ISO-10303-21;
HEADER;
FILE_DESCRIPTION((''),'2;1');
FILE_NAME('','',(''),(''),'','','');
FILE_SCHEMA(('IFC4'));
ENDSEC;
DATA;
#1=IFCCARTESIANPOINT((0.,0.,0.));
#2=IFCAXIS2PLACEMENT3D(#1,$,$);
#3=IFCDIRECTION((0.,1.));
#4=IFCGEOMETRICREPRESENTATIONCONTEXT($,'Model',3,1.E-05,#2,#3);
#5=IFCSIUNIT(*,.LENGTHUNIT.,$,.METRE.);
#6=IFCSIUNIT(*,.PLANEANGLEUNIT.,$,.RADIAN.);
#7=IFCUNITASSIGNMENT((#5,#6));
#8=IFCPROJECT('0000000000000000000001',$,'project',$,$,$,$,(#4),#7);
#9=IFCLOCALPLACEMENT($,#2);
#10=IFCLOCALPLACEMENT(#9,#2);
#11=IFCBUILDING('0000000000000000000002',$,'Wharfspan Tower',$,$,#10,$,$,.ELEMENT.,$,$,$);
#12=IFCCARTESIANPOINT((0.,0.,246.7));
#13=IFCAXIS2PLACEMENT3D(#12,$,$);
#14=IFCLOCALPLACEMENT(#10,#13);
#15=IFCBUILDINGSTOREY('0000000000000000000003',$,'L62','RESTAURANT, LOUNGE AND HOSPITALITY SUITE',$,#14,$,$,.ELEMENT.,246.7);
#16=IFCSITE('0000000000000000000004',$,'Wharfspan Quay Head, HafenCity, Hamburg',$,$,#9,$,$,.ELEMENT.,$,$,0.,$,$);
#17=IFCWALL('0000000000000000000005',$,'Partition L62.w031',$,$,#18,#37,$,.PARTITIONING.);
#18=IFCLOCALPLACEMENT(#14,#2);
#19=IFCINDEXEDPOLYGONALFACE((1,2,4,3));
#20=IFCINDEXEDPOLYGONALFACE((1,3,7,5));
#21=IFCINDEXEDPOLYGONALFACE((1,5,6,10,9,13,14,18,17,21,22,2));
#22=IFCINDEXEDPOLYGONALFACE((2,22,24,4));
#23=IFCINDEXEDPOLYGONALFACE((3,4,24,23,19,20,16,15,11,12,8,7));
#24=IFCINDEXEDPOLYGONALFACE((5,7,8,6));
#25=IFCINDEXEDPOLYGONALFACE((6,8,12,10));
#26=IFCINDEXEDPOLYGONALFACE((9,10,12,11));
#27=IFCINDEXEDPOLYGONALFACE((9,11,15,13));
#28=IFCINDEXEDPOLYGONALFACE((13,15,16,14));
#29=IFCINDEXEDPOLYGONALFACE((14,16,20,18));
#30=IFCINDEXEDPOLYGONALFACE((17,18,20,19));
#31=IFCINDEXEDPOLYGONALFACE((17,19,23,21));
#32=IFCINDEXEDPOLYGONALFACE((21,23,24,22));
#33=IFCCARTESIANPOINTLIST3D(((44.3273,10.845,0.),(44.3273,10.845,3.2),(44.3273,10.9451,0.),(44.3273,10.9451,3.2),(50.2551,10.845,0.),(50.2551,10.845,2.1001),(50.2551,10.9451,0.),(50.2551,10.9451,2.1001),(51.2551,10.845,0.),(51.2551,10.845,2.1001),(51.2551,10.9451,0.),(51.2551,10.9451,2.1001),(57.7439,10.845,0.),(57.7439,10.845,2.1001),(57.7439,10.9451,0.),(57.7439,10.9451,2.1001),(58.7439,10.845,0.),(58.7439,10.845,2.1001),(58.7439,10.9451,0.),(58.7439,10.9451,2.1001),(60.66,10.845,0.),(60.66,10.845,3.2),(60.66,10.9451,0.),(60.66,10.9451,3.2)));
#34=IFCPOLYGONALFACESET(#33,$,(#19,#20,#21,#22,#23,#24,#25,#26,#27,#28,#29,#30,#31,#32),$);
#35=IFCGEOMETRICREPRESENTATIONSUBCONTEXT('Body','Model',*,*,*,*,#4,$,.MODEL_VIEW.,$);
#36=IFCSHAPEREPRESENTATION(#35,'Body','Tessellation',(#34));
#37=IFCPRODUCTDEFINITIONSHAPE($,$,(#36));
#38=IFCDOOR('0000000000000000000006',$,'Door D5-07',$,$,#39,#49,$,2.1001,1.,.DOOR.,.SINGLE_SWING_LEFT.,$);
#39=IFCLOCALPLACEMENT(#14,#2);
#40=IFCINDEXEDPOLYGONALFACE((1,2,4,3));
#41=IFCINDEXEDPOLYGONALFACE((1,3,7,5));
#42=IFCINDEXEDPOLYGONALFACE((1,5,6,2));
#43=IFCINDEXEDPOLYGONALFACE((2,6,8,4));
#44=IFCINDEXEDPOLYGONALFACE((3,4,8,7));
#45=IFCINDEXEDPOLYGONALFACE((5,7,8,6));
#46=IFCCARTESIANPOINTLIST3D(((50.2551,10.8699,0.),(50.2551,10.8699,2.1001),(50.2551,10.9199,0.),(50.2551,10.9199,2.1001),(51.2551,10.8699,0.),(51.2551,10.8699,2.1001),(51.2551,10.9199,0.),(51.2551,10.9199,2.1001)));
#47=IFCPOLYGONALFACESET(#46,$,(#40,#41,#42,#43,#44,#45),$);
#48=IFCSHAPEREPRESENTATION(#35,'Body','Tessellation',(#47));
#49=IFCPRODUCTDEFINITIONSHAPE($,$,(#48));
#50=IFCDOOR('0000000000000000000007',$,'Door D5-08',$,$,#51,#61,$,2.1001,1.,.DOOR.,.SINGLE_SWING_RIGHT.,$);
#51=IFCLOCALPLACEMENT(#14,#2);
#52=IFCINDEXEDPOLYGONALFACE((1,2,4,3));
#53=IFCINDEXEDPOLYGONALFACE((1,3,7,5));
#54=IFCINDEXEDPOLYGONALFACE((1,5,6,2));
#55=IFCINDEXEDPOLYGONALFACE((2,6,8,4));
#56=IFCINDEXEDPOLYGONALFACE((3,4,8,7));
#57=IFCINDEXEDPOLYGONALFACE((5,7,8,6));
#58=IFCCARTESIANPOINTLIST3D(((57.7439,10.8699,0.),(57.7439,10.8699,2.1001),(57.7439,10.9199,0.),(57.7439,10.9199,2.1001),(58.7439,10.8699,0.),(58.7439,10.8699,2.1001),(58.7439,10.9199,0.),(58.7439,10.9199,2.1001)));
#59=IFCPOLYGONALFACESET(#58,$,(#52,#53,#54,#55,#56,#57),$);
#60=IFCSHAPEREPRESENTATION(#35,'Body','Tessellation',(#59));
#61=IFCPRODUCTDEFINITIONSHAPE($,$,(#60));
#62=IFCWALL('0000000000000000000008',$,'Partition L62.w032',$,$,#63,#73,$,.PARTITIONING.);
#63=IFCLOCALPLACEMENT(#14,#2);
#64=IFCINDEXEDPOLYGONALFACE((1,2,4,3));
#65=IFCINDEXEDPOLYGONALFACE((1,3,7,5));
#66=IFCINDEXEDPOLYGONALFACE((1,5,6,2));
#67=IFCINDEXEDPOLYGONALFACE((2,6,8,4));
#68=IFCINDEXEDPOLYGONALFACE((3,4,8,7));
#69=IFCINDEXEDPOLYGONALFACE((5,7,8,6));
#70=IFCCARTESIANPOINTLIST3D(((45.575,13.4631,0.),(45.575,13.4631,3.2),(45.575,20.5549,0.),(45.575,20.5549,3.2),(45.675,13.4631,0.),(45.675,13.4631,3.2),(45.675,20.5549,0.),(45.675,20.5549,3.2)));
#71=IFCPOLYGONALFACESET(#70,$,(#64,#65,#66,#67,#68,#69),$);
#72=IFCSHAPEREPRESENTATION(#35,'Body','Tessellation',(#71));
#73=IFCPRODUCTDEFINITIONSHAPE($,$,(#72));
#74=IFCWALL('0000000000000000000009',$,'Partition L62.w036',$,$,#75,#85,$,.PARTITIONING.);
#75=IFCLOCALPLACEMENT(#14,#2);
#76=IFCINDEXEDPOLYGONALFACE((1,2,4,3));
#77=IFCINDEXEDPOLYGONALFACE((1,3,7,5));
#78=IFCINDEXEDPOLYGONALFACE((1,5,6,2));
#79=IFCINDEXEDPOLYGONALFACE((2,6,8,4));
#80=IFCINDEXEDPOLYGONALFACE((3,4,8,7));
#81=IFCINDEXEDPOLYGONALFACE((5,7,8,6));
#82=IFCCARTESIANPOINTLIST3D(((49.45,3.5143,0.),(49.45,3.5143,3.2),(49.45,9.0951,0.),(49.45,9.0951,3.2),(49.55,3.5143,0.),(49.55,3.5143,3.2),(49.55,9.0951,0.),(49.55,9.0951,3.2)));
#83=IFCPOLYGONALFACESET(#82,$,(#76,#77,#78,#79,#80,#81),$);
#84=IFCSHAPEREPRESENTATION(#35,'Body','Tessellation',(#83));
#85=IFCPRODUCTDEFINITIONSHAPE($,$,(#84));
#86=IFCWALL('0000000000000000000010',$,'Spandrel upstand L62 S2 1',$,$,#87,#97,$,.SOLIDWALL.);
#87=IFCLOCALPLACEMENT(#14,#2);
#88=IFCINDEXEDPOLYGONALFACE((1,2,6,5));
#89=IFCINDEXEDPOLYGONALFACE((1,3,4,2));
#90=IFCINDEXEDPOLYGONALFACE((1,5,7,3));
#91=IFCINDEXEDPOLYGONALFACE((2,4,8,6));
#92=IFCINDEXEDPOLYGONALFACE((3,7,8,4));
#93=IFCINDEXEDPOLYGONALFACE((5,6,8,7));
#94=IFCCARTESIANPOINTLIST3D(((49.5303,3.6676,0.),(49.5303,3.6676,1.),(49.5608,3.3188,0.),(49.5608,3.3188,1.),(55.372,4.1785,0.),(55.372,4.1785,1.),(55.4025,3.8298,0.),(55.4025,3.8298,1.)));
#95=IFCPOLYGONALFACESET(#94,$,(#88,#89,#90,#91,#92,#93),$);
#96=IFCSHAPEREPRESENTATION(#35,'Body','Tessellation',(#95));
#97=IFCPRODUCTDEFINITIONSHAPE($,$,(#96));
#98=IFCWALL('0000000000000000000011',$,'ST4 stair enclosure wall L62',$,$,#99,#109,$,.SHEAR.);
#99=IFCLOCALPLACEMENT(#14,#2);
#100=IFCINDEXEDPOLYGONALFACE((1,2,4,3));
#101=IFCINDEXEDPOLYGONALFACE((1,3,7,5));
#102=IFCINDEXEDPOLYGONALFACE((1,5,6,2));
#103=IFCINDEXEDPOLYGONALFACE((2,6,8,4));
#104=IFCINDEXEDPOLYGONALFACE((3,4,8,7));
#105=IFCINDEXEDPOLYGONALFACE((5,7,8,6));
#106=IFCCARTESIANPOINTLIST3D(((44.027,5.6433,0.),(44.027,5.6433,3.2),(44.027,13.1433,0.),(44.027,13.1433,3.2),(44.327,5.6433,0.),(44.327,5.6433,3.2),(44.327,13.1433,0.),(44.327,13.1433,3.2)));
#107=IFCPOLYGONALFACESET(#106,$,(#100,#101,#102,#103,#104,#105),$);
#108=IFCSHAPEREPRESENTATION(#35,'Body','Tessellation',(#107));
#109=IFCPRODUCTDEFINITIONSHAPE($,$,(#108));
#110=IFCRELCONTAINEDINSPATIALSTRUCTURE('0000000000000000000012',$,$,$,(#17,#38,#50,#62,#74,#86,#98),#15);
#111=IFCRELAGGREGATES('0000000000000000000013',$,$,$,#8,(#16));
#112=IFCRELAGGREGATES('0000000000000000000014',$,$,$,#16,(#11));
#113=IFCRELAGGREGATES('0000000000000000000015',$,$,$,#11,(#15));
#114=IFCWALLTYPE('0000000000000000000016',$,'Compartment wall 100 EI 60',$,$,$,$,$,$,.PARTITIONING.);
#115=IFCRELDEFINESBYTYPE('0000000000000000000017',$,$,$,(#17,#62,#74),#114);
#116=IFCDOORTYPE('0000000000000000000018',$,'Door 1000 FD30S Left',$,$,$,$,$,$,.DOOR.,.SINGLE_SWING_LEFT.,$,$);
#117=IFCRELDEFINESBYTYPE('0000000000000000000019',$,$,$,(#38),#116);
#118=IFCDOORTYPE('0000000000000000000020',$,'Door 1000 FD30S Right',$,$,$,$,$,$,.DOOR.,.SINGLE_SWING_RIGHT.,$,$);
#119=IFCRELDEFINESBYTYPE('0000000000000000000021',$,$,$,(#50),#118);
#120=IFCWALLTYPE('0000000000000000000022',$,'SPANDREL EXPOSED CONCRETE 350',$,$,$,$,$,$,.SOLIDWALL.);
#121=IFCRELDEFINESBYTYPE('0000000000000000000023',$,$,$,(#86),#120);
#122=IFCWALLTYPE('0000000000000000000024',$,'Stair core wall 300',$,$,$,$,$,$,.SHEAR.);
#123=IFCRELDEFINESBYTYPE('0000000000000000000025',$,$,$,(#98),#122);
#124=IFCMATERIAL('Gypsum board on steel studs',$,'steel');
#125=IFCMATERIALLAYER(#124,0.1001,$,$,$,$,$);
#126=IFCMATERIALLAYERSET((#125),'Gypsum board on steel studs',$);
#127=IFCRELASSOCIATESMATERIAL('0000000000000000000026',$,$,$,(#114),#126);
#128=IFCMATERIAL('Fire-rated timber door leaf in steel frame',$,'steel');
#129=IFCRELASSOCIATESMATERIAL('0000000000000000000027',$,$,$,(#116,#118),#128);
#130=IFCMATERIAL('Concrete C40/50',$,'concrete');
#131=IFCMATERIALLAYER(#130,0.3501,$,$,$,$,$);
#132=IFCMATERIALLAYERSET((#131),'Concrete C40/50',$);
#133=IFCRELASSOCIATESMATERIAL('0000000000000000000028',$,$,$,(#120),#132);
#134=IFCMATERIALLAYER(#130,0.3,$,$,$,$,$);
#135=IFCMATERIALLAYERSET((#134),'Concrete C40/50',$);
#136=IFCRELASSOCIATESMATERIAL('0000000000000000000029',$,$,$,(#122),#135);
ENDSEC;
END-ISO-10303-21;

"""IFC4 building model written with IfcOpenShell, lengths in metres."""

from ifc_helpers import new_model, si_unit, direction, frame, frame_2d, origin, place, context, subcontext, project, spatial, rectangle, extrude, material, layer, layer_set, type_object, element, fill, save


model = new_model("IFC4")

# Units and contexts
model_context = context("Model", 3, precision=1e-05, world=origin(), true_north=direction((0.0, 1.0)))
body_context = subcontext(model_context, "Body", "Model", "MODEL_VIEW")
ifc_project = project(units=[si_unit("LENGTHUNIT", "METRE"), si_unit("PLANEANGLEUNIT", "RADIAN")], contexts=[model_context])

# Site, building, storey
site_placement = place(None, origin())
site = spatial("IfcSite", under=ifc_project, at=site_placement, Name="Wharfspan Quay Head, HafenCity, Hamburg", CompositionType="ELEMENT", RefElevation=0.0)
building_placement = place(site_placement, origin())
building = spatial("IfcBuilding", under=site, at=building_placement, Name="Wharfspan Tower", CompositionType="ELEMENT")
storey_placement = place(building_placement, frame((0.0, 0.0, 246.7)))
storey = spatial("IfcBuildingStorey", under=building, at=storey_placement, Name="L62", Description="RESTAURANT, LOUNGE AND HOSPITALITY SUITE", CompositionType="ELEMENT", Elevation=246.7)

# Shared definitions
ifc_material_1 = material(Name="Gypsum board on steel studs", Category="steel")
ifc_layer_1 = layer(ifc_material_1, 0.1001)
ifc_layer_set_1 = layer_set([ifc_layer_1], Name="Gypsum board on steel studs")
wall_type_1 = type_object("IfcWallType", Name="Compartment wall 100 EI 60", PredefinedType="PARTITIONING", material=ifc_layer_set_1)

# Wall, openings, doors
ifc_material_2 = material(Name="Fire-rated timber door leaf in steel frame", Category="steel")
door_type_1 = type_object("IfcDoorType", Name="Door 1000 FD30S Left", OperationType="SINGLE_SWING_LEFT", PredefinedType="DOOR", material=ifc_material_2)
door_type_2 = type_object("IfcDoorType", Name="Door 1000 FD30S Right", OperationType="SINGLE_SWING_RIGHT", PredefinedType="DOOR", material=ifc_material_2)
wall_1_placement = place(storey_placement, frame((44.3271, 10.895, 0.0), z_axis=(0.0, 0.0, 1.0), x_axis=(1.0, 0.0, 0.0)))
wall_1 = element("IfcWall", 1, at=wall_1_placement, inside=storey, type_object=wall_type_1, Name="Partition L62.w031", PredefinedType="PARTITIONING", context=body_context, shape_type="SweptSolid", body=[
    extrude(rectangle(XDim=16.3328, YDim=0.1001, at=frame_2d((8.1665, 0.0))), origin(), (0.0, 0.0, 1.0), 3.2),
])
opening_1_placement = place(wall_1_placement, frame((5.928, 0.0, 0.0)))
opening_1 = element("IfcOpeningElement", 2, at=opening_1_placement, cuts=wall_1, PredefinedType="OPENING", context=body_context, shape_type="SweptSolid", body=[
    extrude(rectangle(XDim=1.0, YDim=2.1001, at=frame_2d((0.5, 1.05))), frame((0.0, 0.0601, 0.0), z_axis=(0.0, -1.0, 0.0), x_axis=(1.0, 0.0, 0.0)), (0.0, 0.0, 1.0), 0.1201),
])
opening_2_placement = place(wall_1_placement, frame((13.4167, 0.0, 0.0)))
opening_2 = element("IfcOpeningElement", 3, at=opening_2_placement, cuts=wall_1, PredefinedType="OPENING", context=body_context, shape_type="SweptSolid", body=[
    extrude(rectangle(XDim=1.0, YDim=2.1001, at=frame_2d((0.5, 1.05))), frame((0.0, 0.0601, 0.0), z_axis=(0.0, -1.0, 0.0), x_axis=(1.0, 0.0, 0.0)), (0.0, 0.0, 1.0), 0.1201),
])
door_1_placement = place(opening_1_placement, origin())
door_1 = element("IfcDoor", 4, at=door_1_placement, inside=storey, type_object=door_type_1, Name="Door D5-07", OperationType="SINGLE_SWING_LEFT", OverallHeight=2.1001, OverallWidth=1.0, PredefinedType="DOOR", context=body_context, shape_type="SweptSolid", body=[
    extrude(rectangle(XDim=1.0, YDim=2.1001, at=frame_2d((0.5, 1.05))), frame((0.0, 0.0249, 0.0), z_axis=(0.0, -1.0, 0.0), x_axis=(1.0, 0.0, 0.0)), (0.0, 0.0, 1.0), 0.05),
])
fill(opening_1, door_1)
door_2_placement = place(opening_2_placement, origin())
door_2 = element("IfcDoor", 5, at=door_2_placement, inside=storey, type_object=door_type_2, Name="Door D5-08", OperationType="SINGLE_SWING_RIGHT", OverallHeight=2.1001, OverallWidth=1.0, PredefinedType="DOOR", context=body_context, shape_type="SweptSolid", body=[
    extrude(rectangle(XDim=1.0, YDim=2.1001, at=frame_2d((0.5, 1.05))), frame((0.0, 0.0249, 0.0), z_axis=(0.0, -1.0, 0.0), x_axis=(1.0, 0.0, 0.0)), (0.0, 0.0, 1.0), 0.05),
])
fill(opening_2, door_2)

# Walls
wall_2_placement = place(storey_placement, frame((45.625, 13.4631, 0.0), z_axis=(0.0, 0.0, 1.0), x_axis=(0.0, 1.0, 0.0)))
element("IfcWall", 6, at=wall_2_placement, inside=storey, type_object=wall_type_1, Name="Partition L62.w032", PredefinedType="PARTITIONING", context=body_context, shape_type="SweptSolid", body=[
    extrude(rectangle(XDim=7.0918, YDim=0.1001, at=frame_2d((3.5459, 0.0))), origin(), (0.0, 0.0, 1.0), 3.2),
])
wall_3_placement = place(storey_placement, frame((49.5, 3.5142, 0.0), z_axis=(0.0, 0.0, 1.0), x_axis=(0.0, 1.0, 0.0)))
element("IfcWall", 7, at=wall_3_placement, inside=storey, type_object=wall_type_1, Name="Partition L62.w036", PredefinedType="PARTITIONING", context=body_context, shape_type="SweptSolid", body=[
    extrude(rectangle(XDim=5.5808, YDim=0.1001, at=frame_2d((2.7905, 0.0))), origin(), (0.0, 0.0, 1.0), 3.2),
])
ifc_material_3 = material(Name="Concrete C40/50", Category="concrete")
ifc_layer_2 = layer(ifc_material_3, 0.3501)
ifc_layer_set_2 = layer_set([ifc_layer_2], Name="Concrete C40/50")
wall_type_2 = type_object("IfcWallType", Name="SPANDREL EXPOSED CONCRETE 350", PredefinedType="SOLIDWALL", material=ifc_layer_set_2)
wall_4_placement = place(storey_placement, frame((49.5454, 3.4932, 0.0), z_axis=(0.0, 0.0, 1.0), x_axis=(0.996196, 0.087138, 0.0)))
element("IfcWall", 8, at=wall_4_placement, inside=storey, type_object=wall_type_2, Name="Spandrel upstand L62 S2 1", PredefinedType="SOLIDWALL", context=body_context, shape_type="SweptSolid", body=[
    extrude(rectangle(XDim=5.864, YDim=0.3501, at=frame_2d((2.9321, 0.0))), origin(), (0.0, 0.0, 1.0), 1.0),
])
ifc_layer_3 = layer(ifc_material_3, 0.3)
ifc_layer_set_3 = layer_set([ifc_layer_3], Name="Concrete C40/50")
wall_type_3 = type_object("IfcWallType", Name="Stair core wall 300", PredefinedType="SHEAR", material=ifc_layer_set_3)
wall_5_placement = place(storey_placement, frame((44.177, 5.6433, 0.0), z_axis=(0.0, 0.0, 1.0), x_axis=(0.0, 1.0, 0.0)))
element("IfcWall", 9, at=wall_5_placement, inside=storey, type_object=wall_type_3, Name="ST4 stair enclosure wall L62", PredefinedType="SHEAR", context=body_context, shape_type="SweptSolid", body=[
    extrude(rectangle(XDim=7.5, YDim=0.3, at=frame_2d((3.75, 0.0))), origin(), (0.0, 0.0, 1.0), 3.2),
])

save(model, "model.ifc")
